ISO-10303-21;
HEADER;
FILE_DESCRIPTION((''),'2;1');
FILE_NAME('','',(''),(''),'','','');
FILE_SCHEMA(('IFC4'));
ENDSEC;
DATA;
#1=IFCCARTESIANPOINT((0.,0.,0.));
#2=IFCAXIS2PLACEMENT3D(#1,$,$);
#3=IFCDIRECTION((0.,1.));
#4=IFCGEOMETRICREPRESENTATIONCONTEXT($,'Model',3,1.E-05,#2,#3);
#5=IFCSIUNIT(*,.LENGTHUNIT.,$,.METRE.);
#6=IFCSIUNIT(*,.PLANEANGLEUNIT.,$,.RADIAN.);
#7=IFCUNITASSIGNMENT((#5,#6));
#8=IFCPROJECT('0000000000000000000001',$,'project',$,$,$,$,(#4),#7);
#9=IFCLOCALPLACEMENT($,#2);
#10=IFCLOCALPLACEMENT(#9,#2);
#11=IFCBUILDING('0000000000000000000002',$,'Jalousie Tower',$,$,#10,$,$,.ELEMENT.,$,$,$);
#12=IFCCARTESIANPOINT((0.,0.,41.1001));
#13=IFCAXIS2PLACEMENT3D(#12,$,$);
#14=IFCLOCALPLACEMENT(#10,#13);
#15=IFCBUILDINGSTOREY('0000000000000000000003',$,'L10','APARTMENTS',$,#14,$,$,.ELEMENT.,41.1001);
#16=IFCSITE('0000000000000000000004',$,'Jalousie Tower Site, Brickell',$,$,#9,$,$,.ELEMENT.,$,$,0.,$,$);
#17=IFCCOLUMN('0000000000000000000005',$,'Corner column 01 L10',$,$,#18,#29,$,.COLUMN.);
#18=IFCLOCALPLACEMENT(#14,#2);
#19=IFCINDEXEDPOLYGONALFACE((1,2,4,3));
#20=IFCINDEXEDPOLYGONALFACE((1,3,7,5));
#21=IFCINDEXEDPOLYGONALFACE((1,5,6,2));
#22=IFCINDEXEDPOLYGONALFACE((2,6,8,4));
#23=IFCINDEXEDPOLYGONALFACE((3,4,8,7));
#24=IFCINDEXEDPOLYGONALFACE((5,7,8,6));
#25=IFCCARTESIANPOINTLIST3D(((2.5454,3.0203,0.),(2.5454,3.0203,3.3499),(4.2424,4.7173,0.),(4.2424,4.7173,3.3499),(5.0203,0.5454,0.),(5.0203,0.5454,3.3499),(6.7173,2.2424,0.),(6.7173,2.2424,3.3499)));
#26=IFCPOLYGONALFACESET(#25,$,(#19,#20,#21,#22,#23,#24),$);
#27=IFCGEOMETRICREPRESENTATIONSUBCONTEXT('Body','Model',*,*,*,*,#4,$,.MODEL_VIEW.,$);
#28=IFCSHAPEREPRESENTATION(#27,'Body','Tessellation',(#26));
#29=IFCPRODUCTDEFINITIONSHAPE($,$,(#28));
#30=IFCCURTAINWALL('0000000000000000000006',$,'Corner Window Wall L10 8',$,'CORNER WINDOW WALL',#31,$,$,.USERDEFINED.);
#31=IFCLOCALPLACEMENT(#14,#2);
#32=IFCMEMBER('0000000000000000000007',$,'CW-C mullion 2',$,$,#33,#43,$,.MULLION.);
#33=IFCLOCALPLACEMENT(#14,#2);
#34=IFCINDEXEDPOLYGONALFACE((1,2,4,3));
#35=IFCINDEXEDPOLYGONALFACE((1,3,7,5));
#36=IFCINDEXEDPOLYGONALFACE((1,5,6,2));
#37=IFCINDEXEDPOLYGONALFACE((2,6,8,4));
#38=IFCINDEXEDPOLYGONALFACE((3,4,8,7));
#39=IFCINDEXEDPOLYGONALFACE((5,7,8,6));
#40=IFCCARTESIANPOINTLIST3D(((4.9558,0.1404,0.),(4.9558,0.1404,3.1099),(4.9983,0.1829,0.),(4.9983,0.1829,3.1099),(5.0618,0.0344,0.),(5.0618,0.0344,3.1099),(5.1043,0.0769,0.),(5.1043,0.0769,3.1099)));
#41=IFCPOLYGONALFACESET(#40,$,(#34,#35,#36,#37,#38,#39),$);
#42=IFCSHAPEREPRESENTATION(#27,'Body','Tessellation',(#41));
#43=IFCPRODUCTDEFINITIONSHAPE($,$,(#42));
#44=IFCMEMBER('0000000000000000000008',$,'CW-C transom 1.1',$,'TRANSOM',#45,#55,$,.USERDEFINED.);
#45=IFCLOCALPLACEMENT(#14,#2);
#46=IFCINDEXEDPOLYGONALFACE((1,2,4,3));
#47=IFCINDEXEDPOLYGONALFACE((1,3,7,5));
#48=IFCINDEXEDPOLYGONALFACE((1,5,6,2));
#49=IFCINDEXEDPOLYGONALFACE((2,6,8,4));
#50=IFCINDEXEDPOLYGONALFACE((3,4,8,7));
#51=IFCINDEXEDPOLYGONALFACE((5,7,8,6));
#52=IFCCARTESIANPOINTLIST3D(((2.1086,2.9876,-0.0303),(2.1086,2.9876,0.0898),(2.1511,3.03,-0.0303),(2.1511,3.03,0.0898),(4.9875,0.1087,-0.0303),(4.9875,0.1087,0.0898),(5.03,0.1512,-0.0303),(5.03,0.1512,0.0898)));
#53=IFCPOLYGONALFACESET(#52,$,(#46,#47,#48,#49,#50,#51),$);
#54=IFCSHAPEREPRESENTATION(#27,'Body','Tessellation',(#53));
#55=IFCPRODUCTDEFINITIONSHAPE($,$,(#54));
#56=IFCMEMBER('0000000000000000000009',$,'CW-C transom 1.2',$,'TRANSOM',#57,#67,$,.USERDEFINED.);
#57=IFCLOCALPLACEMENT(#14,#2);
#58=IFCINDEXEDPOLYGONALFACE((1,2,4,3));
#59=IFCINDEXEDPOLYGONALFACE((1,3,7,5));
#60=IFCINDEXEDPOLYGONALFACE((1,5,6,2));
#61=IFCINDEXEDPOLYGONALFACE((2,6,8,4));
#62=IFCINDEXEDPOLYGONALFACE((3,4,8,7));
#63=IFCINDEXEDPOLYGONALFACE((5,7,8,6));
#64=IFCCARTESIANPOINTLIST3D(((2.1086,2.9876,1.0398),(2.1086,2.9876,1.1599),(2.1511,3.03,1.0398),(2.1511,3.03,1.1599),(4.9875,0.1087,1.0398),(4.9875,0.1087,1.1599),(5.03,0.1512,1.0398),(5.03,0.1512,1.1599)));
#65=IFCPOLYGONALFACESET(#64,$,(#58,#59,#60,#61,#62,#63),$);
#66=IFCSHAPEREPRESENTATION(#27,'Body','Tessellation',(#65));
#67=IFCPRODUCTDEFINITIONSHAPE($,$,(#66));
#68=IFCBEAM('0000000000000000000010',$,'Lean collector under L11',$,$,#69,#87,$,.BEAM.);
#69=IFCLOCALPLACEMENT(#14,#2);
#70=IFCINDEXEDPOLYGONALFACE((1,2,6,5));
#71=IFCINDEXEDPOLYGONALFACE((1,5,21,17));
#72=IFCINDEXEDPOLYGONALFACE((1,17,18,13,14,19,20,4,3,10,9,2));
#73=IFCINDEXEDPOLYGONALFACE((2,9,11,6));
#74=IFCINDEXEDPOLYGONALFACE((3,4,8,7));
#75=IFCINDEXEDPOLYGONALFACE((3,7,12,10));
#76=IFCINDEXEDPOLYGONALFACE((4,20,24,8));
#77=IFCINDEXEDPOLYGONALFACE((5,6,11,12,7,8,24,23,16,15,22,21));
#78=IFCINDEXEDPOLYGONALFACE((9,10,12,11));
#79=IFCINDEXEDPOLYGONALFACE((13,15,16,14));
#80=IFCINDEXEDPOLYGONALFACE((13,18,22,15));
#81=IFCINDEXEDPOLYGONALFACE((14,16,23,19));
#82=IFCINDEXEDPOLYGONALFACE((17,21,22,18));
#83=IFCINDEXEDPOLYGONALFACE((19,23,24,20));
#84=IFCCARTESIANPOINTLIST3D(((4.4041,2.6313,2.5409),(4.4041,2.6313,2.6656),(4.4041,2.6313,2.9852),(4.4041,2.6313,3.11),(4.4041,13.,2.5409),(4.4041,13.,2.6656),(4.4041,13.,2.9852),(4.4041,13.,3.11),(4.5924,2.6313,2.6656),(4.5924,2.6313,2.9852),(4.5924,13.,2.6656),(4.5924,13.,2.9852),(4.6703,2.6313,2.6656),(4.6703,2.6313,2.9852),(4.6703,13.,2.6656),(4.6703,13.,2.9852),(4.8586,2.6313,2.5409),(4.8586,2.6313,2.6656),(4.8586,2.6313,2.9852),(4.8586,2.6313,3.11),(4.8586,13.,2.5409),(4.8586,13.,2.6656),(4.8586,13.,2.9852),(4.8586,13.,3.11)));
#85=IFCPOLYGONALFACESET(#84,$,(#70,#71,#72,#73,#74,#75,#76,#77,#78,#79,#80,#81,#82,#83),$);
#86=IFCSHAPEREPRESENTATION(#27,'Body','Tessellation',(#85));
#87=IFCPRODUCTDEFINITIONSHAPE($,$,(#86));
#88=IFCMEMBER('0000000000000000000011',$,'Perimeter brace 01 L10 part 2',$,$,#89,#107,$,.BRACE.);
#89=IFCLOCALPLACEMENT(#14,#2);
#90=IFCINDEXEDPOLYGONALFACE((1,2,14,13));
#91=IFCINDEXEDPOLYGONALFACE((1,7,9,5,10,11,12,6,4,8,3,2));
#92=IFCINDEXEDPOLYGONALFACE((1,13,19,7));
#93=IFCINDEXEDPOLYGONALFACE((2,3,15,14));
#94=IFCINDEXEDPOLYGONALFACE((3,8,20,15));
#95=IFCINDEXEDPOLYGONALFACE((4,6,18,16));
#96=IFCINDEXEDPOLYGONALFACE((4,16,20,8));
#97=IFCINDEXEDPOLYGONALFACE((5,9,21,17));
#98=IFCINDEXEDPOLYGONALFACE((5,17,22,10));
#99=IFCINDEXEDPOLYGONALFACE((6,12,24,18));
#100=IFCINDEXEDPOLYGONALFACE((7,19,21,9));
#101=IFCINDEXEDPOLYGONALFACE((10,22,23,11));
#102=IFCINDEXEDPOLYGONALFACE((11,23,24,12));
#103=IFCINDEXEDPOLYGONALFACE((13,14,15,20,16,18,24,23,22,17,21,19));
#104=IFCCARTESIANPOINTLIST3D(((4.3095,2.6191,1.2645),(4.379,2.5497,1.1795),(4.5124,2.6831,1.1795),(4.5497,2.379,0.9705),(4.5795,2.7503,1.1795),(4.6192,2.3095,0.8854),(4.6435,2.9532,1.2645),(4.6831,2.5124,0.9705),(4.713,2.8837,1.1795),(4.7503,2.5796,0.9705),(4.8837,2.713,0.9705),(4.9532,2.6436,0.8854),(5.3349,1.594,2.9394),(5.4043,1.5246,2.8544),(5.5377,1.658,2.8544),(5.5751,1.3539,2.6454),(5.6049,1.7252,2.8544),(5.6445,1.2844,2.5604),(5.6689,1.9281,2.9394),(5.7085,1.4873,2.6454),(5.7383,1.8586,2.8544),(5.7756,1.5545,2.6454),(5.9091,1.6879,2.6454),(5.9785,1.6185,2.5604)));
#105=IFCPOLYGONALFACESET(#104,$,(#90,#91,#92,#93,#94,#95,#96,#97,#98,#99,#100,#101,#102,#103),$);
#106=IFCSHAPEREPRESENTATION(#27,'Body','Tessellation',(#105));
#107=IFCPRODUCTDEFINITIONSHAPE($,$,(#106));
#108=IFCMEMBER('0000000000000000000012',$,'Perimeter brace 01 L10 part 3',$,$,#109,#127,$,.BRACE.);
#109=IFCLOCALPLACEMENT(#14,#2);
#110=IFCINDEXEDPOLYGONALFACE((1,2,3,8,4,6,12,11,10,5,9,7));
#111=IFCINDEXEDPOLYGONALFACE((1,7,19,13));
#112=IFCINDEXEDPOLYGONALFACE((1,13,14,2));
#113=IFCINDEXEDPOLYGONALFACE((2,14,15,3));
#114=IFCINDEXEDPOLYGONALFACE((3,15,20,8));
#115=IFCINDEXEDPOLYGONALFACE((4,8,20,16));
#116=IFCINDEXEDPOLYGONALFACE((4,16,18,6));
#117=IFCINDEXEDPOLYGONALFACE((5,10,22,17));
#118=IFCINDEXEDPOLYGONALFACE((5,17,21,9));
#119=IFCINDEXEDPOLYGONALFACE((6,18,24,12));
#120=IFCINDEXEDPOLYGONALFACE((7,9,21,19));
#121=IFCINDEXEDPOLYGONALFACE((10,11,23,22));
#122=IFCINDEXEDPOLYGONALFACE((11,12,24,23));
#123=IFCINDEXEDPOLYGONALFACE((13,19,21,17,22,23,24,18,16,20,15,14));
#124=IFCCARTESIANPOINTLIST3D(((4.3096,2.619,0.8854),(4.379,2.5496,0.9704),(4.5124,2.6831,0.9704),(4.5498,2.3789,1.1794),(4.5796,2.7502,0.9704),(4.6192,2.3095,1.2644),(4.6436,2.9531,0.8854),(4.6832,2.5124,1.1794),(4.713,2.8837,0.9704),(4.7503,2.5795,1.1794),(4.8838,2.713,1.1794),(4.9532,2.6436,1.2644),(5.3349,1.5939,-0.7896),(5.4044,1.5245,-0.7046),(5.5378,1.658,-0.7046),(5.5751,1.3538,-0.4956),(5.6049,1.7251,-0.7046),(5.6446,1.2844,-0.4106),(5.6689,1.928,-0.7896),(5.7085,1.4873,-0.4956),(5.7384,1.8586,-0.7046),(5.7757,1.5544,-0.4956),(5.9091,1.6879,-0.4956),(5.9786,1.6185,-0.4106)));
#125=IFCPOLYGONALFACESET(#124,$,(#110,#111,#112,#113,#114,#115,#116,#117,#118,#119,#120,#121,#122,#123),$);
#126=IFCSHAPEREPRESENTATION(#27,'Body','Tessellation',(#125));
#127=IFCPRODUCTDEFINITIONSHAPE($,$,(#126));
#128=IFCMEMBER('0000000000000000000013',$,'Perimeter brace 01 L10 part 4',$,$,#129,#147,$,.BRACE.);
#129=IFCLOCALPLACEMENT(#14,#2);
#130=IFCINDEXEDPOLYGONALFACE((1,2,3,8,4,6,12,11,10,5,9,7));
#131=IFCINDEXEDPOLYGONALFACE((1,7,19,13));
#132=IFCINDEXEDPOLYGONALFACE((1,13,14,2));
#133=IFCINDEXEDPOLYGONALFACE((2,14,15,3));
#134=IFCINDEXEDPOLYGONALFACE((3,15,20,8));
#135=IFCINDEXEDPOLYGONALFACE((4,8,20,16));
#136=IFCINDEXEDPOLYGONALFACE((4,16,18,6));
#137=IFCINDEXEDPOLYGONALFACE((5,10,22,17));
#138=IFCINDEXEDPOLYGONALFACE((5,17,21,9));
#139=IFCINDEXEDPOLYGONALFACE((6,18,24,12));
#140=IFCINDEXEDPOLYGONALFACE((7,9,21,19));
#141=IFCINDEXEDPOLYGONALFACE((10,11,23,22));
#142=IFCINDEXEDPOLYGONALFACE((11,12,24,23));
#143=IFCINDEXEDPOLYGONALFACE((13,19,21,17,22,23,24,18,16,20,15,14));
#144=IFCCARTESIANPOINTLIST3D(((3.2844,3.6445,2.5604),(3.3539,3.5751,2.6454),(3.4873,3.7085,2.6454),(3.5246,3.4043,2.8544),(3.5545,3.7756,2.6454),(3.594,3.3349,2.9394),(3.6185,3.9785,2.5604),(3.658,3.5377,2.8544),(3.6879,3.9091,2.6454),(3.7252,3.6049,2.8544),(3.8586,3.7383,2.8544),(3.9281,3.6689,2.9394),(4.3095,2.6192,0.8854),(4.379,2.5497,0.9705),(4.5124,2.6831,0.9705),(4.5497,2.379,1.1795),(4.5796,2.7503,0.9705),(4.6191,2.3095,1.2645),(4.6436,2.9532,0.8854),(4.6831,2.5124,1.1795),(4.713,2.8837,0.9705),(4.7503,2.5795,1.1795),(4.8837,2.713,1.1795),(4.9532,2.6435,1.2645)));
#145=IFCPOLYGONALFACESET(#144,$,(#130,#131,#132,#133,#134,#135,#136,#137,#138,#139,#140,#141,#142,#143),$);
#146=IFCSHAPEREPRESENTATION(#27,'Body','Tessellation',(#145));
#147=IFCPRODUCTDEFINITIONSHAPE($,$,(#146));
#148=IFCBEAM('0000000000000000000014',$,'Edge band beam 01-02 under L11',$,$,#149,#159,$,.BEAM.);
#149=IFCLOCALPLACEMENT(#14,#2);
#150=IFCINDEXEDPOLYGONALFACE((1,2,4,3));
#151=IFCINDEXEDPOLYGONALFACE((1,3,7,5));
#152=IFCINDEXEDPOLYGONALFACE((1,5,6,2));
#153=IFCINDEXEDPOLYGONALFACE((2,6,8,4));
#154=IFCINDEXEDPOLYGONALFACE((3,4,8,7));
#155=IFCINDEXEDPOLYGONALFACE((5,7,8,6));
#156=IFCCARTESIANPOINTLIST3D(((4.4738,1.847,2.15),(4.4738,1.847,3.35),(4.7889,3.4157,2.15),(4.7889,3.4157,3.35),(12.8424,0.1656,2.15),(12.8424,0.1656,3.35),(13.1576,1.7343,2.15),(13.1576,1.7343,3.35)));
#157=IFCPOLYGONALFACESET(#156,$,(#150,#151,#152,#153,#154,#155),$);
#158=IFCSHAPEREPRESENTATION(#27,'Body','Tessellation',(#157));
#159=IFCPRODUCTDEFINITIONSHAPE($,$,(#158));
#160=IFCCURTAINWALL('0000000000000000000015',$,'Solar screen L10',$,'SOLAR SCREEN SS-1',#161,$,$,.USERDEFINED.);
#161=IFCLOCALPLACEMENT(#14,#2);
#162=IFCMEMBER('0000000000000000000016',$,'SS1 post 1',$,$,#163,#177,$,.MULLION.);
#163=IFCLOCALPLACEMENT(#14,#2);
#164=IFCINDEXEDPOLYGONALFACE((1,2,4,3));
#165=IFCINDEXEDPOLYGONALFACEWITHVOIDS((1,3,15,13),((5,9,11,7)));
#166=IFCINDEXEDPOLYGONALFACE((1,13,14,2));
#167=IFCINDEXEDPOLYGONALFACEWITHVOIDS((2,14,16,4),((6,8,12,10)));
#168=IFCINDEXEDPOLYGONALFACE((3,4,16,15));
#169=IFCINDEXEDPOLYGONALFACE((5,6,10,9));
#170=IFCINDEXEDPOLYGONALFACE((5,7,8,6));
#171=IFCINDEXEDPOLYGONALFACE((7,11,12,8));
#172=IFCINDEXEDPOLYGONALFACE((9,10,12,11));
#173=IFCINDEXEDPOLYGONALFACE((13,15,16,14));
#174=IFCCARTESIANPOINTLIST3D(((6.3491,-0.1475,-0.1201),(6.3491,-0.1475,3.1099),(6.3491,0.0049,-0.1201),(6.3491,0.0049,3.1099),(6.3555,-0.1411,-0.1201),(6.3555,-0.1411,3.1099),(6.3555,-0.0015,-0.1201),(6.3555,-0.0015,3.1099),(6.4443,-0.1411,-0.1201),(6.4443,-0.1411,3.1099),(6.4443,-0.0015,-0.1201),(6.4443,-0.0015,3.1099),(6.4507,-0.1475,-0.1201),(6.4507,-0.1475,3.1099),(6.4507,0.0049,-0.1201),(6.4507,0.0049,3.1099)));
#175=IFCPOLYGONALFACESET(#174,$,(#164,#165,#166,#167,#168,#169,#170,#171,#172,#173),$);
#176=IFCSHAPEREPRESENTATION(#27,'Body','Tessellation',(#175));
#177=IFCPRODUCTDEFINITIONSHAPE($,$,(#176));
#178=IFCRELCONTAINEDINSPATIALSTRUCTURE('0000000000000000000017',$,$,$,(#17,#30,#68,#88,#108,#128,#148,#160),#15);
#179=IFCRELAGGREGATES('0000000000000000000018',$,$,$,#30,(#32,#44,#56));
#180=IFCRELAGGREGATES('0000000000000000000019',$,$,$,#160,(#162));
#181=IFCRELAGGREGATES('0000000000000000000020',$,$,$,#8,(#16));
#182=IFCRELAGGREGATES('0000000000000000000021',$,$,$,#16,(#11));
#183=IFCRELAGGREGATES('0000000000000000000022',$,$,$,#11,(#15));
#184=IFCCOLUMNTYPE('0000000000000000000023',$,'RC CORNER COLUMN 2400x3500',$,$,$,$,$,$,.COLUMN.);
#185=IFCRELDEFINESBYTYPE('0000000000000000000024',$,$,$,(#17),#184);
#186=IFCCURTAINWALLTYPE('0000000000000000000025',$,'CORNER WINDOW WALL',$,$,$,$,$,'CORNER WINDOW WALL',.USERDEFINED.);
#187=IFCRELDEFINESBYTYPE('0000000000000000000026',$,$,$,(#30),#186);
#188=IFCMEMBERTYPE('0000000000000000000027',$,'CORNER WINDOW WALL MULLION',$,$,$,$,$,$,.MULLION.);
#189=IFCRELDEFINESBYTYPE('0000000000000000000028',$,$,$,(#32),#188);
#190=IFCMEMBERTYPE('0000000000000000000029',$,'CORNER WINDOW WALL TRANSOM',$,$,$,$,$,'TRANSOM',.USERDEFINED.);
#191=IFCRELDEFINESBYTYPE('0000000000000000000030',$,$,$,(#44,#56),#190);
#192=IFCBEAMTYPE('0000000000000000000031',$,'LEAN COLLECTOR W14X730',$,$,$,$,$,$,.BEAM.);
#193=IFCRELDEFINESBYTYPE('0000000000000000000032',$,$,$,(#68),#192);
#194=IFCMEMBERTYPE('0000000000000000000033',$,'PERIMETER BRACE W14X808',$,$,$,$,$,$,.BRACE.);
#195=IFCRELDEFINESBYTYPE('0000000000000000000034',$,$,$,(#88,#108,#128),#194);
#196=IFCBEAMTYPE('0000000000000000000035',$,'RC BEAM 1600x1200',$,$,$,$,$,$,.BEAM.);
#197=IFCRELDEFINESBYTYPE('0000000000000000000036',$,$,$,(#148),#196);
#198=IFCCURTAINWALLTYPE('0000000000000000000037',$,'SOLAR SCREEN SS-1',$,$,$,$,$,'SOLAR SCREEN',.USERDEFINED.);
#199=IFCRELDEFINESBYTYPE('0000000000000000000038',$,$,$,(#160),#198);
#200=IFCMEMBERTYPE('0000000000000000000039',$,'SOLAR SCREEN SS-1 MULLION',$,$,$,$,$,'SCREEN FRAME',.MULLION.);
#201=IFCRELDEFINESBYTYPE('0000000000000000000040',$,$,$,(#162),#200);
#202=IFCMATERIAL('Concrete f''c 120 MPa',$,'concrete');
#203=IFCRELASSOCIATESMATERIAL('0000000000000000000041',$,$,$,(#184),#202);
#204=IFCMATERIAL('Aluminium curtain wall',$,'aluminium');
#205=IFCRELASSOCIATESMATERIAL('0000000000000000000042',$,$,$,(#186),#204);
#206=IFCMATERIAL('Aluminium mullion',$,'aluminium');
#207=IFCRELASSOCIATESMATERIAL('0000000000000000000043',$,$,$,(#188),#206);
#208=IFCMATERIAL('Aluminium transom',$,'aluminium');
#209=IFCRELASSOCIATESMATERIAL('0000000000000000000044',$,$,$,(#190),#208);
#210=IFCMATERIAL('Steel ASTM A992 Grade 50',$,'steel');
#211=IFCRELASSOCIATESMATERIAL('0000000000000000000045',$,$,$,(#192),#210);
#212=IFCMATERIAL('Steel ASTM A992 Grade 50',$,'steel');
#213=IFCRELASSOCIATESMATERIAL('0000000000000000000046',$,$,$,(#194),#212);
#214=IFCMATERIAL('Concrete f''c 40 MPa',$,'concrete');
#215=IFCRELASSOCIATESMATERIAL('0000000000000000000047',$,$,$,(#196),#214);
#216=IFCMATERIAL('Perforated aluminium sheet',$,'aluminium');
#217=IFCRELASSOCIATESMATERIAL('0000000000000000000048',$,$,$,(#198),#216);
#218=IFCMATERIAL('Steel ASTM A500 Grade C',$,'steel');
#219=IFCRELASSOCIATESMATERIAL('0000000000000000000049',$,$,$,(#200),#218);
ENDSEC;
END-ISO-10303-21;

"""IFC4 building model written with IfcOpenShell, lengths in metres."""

from ifc_helpers import new_model, si_unit, direction, frame, origin, origin_2d, place, context, subcontext, project, spatial, rectangle, hollow_rectangle, i_section, extrude, material, material_profile, profile_set, type_object, element, aggregate, save


model = new_model("IFC4")

# Units and contexts
model_context = context("Model", 3, precision=1e-05, world=origin(), true_north=direction((0.0, 1.0)))
body_context = subcontext(model_context, "Body", "Model", "MODEL_VIEW")
ifc_project = project(units=[si_unit("LENGTHUNIT", "METRE"), si_unit("PLANEANGLEUNIT", "RADIAN")], contexts=[model_context])

# Site, building, storey
site_placement = place(None, origin())
site = spatial("IfcSite", under=ifc_project, at=site_placement, Name="Jalousie Tower Site, Brickell", CompositionType="ELEMENT", RefElevation=0.0)
building_placement = place(site_placement, origin())
building = spatial("IfcBuilding", under=site, at=building_placement, Name="Jalousie Tower", CompositionType="ELEMENT")
storey_placement = place(building_placement, frame((0.0, 0.0, 41.1001)))
storey = spatial("IfcBuildingStorey", under=building, at=storey_placement, Name="L10", Description="APARTMENTS", CompositionType="ELEMENT", Elevation=41.1001)

# Column
ifc_material_1 = material(Name="Concrete f'c 120 MPa", Category="concrete")
ifc_material_profile_1 = material_profile(ifc_material_1, rectangle(XDim=2.3999, YDim=3.5, at=origin_2d()), Name="RC 2400x3500")
ifc_profile_set_1 = profile_set([ifc_material_profile_1], Name="Concrete f'c 120 MPa")
column_type = type_object("IfcColumnType", Name="RC CORNER COLUMN 2400x3500", PredefinedType="COLUMN", material=ifc_profile_set_1)
column_placement = place(storey_placement, frame((4.6313, 2.6313, 0.0), z_axis=(0.0, 0.0, 1.0), x_axis=(0.707107, 0.707107, 0.0)))
element("IfcColumn", 1, at=column_placement, inside=storey, type_object=column_type, Name="Corner column 01 L10", PredefinedType="COLUMN", context=body_context, shape_type="SweptSolid", body=[
    extrude(rectangle(XDim=2.3999, YDim=3.5, at=origin_2d()), origin(), (0.0, 0.0, 1.0), 3.3499),
])

# Curtain wall, members
ifc_material_2 = material(Name="Aluminium curtain wall", Category="aluminium")
curtain_wall_type_1 = type_object("IfcCurtainWallType", Name="CORNER WINDOW WALL", ElementType="CORNER WINDOW WALL", PredefinedType="USERDEFINED", material=ifc_material_2)
curtain_wall_1_placement = place(storey_placement, origin())
curtain_wall_1 = element("IfcCurtainWall", 2, at=curtain_wall_1_placement, inside=storey, type_object=curtain_wall_type_1, Name="Corner Window Wall L10 8", ObjectType="CORNER WINDOW WALL", PredefinedType="USERDEFINED")
ifc_material_3 = material(Name="Aluminium mullion", Category="aluminium")
ifc_material_profile_2 = material_profile(ifc_material_3, rectangle(XDim=0.0601, YDim=0.1499, at=origin_2d()), Name="MULLION 60x150")
ifc_profile_set_2 = profile_set([ifc_material_profile_2], Name="Aluminium mullion")
member_type_1 = type_object("IfcMemberType", Name="CORNER WINDOW WALL MULLION", PredefinedType="MULLION", material=ifc_profile_set_2)
member_1_placement = place(storey_placement, frame((5.03, 0.1086, 0.0), z_axis=(0.0, 0.0, 1.0), x_axis=(0.707107, 0.707107, 0.0)))
member_1 = element("IfcMember", 3, at=member_1_placement, type_object=member_type_1, Name="CW-C mullion 2", PredefinedType="MULLION", context=body_context, shape_type="SweptSolid", body=[
    extrude(rectangle(XDim=0.0601, YDim=0.1499, at=origin_2d()), origin(), (0.0, 0.0, 1.0), 3.1099),
])
ifc_material_4 = material(Name="Aluminium transom", Category="aluminium")
ifc_material_profile_3 = material_profile(ifc_material_4, rectangle(XDim=0.0601, YDim=0.1201, at=origin_2d()), Name="TRANSOM 60x120")
ifc_profile_set_3 = profile_set([ifc_material_profile_3], Name="Aluminium transom")
member_type_2 = type_object("IfcMemberType", Name="CORNER WINDOW WALL TRANSOM", ElementType="TRANSOM", PredefinedType="USERDEFINED", material=ifc_profile_set_3)
member_2_placement = place(storey_placement, frame((2.1299, 3.0088, 0.0298), z_axis=(0.707107, -0.707107, 0.0), x_axis=(0.707107, 0.707107, 0.0)))
member_2 = element("IfcMember", 4, at=member_2_placement, type_object=member_type_2, Name="CW-C transom 1.1", ObjectType="TRANSOM", PredefinedType="USERDEFINED", context=body_context, shape_type="SweptSolid", body=[
    extrude(rectangle(XDim=0.0601, YDim=0.1201, at=origin_2d()), origin(), (0.0, 0.0, 1.0), 4.0713),
])
member_3_placement = place(storey_placement, frame((2.1299, 3.0088, 1.0999), z_axis=(0.707107, -0.707107, 0.0), x_axis=(0.707107, 0.707107, 0.0)))
member_3 = element("IfcMember", 5, at=member_3_placement, type_object=member_type_2, Name="CW-C transom 1.2", ObjectType="TRANSOM", PredefinedType="USERDEFINED", context=body_context, shape_type="SweptSolid", body=[
    extrude(rectangle(XDim=0.0601, YDim=0.1201, at=origin_2d()), origin(), (0.0, 0.0, 1.0), 4.0713),
])

# Beam
ifc_material_5 = material(Name="Steel ASTM A992 Grade 50", Category="steel")
ifc_material_profile_4 = material_profile(ifc_material_5, i_section(OverallWidth=0.4546, OverallDepth=0.5691, WebThickness=0.0779, FlangeThickness=0.1248, at=origin_2d()), Name="W14X730")
ifc_profile_set_4 = profile_set([ifc_material_profile_4], Name="Steel ASTM A992 Grade 50")
beam_type_1 = type_object("IfcBeamType", Name="LEAN COLLECTOR W14X730", PredefinedType="BEAM", material=ifc_profile_set_4)
beam_1_placement = place(storey_placement, frame((4.6313, 2.6313, 2.8254), z_axis=(0.0, 1.0, 0.0), x_axis=(-1.0, 0.0, 0.0)))
element("IfcBeam", 6, at=beam_1_placement, inside=storey, type_object=beam_type_1, Name="Lean collector under L11", PredefinedType="BEAM", context=body_context, shape_type="SweptSolid", body=[
    extrude(i_section(OverallWidth=0.4546, OverallDepth=0.5691, WebThickness=0.0779, FlangeThickness=0.1248, at=origin_2d()), origin(), (0.0, 0.0, 1.0), 10.3687),
])

# Members
ifc_material_6 = material(Name="Steel ASTM A992 Grade 50", Category="steel")
ifc_material_profile_5 = material_profile(ifc_material_6, i_section(OverallWidth=0.4724, OverallDepth=0.5791, WebThickness=0.095, FlangeThickness=0.1299, at=origin_2d()), Name="W14X808")
ifc_profile_set_5 = profile_set([ifc_material_profile_5], Name="Steel ASTM A992 Grade 50")
member_type_3 = type_object("IfcMemberType", Name="PERIMETER BRACE W14X808", PredefinedType="BRACE", material=ifc_profile_set_5)
for number, where, z_axis, x_axis, name in (
    (7, (4.6313, 2.6313, 1.075), (0.46284, -0.46273, 0.756082), (0.707023, 0.707191, 0.0), "Perimeter brace 01 L10 part 2"),
    (8, (5.6567, 1.6062, -0.6001), (-0.46284, 0.46273, 0.756082), (-0.707023, -0.707191, 0.0), "Perimeter brace 01 L10 part 3"),
    (9, (4.6313, 2.6313, 1.075), (-0.46273, 0.46284, 0.756082), (-0.707191, -0.707023, 0.0), "Perimeter brace 01 L10 part 4"),
):
    element("IfcMember", number, at=place(storey_placement, frame(where, z_axis=z_axis, x_axis=x_axis)), inside=storey, type_object=member_type_3, Name=name, PredefinedType="BRACE", context=body_context, shape_type="SweptSolid", body=[
        extrude(i_section(OverallWidth=0.4724, OverallDepth=0.5791, WebThickness=0.095, FlangeThickness=0.1299, at=origin_2d()), origin(), (0.0, 0.0, 1.0), 2.2153),
    ])

# Beam
ifc_material_7 = material(Name="Concrete f'c 40 MPa", Category="concrete")
ifc_material_profile_6 = material_profile(ifc_material_7, rectangle(XDim=1.6001, YDim=1.2, at=origin_2d()), Name="RC 1600x1200")
ifc_profile_set_6 = profile_set([ifc_material_profile_6], Name="Concrete f'c 40 MPa")
beam_type_2 = type_object("IfcBeamType", Name="RC BEAM 1600x1200", PredefinedType="BEAM", material=ifc_profile_set_6)
beam_2_placement = place(storey_placement, frame((4.6313, 2.6313, 2.75), z_axis=(0.980408, -0.19698, 0.0), x_axis=(0.19698, 0.980408, 0.0)))
element("IfcBeam", 10, at=beam_2_placement, inside=storey, type_object=beam_type_2, Name="Edge band beam 01-02 under L11", PredefinedType="BEAM", context=body_context, shape_type="SweptSolid", body=[
    extrude(rectangle(XDim=1.6001, YDim=1.2, at=origin_2d()), origin(), (0.0, 0.0, 1.0), 8.5359),
])

# Curtain wall, member
ifc_material_8 = material(Name="Perforated aluminium sheet", Category="aluminium")
curtain_wall_type_2 = type_object("IfcCurtainWallType", Name="SOLAR SCREEN SS-1", ElementType="SOLAR SCREEN", PredefinedType="USERDEFINED", material=ifc_material_8)
curtain_wall_2_placement = place(storey_placement, origin())
curtain_wall_2 = element("IfcCurtainWall", 11, at=curtain_wall_2_placement, inside=storey, type_object=curtain_wall_type_2, Name="Solar screen L10", ObjectType="SOLAR SCREEN SS-1", PredefinedType="USERDEFINED")
ifc_material_9 = material(Name="Steel ASTM A500 Grade C", Category="steel")
ifc_material_profile_7 = material_profile(ifc_material_9, hollow_rectangle(XDim=0.1016, YDim=0.1523, WallThickness=0.0063, at=origin_2d()), Name="HSS6X4X1/4")
ifc_profile_set_7 = profile_set([ifc_material_profile_7], Name="Steel ASTM A500 Grade C")
member_type_4 = type_object("IfcMemberType", Name="SOLAR SCREEN SS-1 MULLION", ElementType="SCREEN FRAME", PredefinedType="MULLION", material=ifc_profile_set_7)
member_4_placement = place(storey_placement, frame((6.3999, -0.0713, -0.1201), z_axis=(0.0, 0.0, 1.0), x_axis=(1.0, 0.0, 0.0)))
member_4 = element("IfcMember", 12, at=member_4_placement, type_object=member_type_4, Name="SS1 post 1", PredefinedType="MULLION", context=body_context, shape_type="SweptSolid", body=[
    extrude(hollow_rectangle(XDim=0.1016, YDim=0.1523, WallThickness=0.0063, at=origin_2d()), origin(), (0.0, 0.0, 1.0), 3.23),
])

aggregate(curtain_wall_1, [member_1, member_2, member_3])

aggregate(curtain_wall_2, [member_4])

save(model, "model.ifc")
